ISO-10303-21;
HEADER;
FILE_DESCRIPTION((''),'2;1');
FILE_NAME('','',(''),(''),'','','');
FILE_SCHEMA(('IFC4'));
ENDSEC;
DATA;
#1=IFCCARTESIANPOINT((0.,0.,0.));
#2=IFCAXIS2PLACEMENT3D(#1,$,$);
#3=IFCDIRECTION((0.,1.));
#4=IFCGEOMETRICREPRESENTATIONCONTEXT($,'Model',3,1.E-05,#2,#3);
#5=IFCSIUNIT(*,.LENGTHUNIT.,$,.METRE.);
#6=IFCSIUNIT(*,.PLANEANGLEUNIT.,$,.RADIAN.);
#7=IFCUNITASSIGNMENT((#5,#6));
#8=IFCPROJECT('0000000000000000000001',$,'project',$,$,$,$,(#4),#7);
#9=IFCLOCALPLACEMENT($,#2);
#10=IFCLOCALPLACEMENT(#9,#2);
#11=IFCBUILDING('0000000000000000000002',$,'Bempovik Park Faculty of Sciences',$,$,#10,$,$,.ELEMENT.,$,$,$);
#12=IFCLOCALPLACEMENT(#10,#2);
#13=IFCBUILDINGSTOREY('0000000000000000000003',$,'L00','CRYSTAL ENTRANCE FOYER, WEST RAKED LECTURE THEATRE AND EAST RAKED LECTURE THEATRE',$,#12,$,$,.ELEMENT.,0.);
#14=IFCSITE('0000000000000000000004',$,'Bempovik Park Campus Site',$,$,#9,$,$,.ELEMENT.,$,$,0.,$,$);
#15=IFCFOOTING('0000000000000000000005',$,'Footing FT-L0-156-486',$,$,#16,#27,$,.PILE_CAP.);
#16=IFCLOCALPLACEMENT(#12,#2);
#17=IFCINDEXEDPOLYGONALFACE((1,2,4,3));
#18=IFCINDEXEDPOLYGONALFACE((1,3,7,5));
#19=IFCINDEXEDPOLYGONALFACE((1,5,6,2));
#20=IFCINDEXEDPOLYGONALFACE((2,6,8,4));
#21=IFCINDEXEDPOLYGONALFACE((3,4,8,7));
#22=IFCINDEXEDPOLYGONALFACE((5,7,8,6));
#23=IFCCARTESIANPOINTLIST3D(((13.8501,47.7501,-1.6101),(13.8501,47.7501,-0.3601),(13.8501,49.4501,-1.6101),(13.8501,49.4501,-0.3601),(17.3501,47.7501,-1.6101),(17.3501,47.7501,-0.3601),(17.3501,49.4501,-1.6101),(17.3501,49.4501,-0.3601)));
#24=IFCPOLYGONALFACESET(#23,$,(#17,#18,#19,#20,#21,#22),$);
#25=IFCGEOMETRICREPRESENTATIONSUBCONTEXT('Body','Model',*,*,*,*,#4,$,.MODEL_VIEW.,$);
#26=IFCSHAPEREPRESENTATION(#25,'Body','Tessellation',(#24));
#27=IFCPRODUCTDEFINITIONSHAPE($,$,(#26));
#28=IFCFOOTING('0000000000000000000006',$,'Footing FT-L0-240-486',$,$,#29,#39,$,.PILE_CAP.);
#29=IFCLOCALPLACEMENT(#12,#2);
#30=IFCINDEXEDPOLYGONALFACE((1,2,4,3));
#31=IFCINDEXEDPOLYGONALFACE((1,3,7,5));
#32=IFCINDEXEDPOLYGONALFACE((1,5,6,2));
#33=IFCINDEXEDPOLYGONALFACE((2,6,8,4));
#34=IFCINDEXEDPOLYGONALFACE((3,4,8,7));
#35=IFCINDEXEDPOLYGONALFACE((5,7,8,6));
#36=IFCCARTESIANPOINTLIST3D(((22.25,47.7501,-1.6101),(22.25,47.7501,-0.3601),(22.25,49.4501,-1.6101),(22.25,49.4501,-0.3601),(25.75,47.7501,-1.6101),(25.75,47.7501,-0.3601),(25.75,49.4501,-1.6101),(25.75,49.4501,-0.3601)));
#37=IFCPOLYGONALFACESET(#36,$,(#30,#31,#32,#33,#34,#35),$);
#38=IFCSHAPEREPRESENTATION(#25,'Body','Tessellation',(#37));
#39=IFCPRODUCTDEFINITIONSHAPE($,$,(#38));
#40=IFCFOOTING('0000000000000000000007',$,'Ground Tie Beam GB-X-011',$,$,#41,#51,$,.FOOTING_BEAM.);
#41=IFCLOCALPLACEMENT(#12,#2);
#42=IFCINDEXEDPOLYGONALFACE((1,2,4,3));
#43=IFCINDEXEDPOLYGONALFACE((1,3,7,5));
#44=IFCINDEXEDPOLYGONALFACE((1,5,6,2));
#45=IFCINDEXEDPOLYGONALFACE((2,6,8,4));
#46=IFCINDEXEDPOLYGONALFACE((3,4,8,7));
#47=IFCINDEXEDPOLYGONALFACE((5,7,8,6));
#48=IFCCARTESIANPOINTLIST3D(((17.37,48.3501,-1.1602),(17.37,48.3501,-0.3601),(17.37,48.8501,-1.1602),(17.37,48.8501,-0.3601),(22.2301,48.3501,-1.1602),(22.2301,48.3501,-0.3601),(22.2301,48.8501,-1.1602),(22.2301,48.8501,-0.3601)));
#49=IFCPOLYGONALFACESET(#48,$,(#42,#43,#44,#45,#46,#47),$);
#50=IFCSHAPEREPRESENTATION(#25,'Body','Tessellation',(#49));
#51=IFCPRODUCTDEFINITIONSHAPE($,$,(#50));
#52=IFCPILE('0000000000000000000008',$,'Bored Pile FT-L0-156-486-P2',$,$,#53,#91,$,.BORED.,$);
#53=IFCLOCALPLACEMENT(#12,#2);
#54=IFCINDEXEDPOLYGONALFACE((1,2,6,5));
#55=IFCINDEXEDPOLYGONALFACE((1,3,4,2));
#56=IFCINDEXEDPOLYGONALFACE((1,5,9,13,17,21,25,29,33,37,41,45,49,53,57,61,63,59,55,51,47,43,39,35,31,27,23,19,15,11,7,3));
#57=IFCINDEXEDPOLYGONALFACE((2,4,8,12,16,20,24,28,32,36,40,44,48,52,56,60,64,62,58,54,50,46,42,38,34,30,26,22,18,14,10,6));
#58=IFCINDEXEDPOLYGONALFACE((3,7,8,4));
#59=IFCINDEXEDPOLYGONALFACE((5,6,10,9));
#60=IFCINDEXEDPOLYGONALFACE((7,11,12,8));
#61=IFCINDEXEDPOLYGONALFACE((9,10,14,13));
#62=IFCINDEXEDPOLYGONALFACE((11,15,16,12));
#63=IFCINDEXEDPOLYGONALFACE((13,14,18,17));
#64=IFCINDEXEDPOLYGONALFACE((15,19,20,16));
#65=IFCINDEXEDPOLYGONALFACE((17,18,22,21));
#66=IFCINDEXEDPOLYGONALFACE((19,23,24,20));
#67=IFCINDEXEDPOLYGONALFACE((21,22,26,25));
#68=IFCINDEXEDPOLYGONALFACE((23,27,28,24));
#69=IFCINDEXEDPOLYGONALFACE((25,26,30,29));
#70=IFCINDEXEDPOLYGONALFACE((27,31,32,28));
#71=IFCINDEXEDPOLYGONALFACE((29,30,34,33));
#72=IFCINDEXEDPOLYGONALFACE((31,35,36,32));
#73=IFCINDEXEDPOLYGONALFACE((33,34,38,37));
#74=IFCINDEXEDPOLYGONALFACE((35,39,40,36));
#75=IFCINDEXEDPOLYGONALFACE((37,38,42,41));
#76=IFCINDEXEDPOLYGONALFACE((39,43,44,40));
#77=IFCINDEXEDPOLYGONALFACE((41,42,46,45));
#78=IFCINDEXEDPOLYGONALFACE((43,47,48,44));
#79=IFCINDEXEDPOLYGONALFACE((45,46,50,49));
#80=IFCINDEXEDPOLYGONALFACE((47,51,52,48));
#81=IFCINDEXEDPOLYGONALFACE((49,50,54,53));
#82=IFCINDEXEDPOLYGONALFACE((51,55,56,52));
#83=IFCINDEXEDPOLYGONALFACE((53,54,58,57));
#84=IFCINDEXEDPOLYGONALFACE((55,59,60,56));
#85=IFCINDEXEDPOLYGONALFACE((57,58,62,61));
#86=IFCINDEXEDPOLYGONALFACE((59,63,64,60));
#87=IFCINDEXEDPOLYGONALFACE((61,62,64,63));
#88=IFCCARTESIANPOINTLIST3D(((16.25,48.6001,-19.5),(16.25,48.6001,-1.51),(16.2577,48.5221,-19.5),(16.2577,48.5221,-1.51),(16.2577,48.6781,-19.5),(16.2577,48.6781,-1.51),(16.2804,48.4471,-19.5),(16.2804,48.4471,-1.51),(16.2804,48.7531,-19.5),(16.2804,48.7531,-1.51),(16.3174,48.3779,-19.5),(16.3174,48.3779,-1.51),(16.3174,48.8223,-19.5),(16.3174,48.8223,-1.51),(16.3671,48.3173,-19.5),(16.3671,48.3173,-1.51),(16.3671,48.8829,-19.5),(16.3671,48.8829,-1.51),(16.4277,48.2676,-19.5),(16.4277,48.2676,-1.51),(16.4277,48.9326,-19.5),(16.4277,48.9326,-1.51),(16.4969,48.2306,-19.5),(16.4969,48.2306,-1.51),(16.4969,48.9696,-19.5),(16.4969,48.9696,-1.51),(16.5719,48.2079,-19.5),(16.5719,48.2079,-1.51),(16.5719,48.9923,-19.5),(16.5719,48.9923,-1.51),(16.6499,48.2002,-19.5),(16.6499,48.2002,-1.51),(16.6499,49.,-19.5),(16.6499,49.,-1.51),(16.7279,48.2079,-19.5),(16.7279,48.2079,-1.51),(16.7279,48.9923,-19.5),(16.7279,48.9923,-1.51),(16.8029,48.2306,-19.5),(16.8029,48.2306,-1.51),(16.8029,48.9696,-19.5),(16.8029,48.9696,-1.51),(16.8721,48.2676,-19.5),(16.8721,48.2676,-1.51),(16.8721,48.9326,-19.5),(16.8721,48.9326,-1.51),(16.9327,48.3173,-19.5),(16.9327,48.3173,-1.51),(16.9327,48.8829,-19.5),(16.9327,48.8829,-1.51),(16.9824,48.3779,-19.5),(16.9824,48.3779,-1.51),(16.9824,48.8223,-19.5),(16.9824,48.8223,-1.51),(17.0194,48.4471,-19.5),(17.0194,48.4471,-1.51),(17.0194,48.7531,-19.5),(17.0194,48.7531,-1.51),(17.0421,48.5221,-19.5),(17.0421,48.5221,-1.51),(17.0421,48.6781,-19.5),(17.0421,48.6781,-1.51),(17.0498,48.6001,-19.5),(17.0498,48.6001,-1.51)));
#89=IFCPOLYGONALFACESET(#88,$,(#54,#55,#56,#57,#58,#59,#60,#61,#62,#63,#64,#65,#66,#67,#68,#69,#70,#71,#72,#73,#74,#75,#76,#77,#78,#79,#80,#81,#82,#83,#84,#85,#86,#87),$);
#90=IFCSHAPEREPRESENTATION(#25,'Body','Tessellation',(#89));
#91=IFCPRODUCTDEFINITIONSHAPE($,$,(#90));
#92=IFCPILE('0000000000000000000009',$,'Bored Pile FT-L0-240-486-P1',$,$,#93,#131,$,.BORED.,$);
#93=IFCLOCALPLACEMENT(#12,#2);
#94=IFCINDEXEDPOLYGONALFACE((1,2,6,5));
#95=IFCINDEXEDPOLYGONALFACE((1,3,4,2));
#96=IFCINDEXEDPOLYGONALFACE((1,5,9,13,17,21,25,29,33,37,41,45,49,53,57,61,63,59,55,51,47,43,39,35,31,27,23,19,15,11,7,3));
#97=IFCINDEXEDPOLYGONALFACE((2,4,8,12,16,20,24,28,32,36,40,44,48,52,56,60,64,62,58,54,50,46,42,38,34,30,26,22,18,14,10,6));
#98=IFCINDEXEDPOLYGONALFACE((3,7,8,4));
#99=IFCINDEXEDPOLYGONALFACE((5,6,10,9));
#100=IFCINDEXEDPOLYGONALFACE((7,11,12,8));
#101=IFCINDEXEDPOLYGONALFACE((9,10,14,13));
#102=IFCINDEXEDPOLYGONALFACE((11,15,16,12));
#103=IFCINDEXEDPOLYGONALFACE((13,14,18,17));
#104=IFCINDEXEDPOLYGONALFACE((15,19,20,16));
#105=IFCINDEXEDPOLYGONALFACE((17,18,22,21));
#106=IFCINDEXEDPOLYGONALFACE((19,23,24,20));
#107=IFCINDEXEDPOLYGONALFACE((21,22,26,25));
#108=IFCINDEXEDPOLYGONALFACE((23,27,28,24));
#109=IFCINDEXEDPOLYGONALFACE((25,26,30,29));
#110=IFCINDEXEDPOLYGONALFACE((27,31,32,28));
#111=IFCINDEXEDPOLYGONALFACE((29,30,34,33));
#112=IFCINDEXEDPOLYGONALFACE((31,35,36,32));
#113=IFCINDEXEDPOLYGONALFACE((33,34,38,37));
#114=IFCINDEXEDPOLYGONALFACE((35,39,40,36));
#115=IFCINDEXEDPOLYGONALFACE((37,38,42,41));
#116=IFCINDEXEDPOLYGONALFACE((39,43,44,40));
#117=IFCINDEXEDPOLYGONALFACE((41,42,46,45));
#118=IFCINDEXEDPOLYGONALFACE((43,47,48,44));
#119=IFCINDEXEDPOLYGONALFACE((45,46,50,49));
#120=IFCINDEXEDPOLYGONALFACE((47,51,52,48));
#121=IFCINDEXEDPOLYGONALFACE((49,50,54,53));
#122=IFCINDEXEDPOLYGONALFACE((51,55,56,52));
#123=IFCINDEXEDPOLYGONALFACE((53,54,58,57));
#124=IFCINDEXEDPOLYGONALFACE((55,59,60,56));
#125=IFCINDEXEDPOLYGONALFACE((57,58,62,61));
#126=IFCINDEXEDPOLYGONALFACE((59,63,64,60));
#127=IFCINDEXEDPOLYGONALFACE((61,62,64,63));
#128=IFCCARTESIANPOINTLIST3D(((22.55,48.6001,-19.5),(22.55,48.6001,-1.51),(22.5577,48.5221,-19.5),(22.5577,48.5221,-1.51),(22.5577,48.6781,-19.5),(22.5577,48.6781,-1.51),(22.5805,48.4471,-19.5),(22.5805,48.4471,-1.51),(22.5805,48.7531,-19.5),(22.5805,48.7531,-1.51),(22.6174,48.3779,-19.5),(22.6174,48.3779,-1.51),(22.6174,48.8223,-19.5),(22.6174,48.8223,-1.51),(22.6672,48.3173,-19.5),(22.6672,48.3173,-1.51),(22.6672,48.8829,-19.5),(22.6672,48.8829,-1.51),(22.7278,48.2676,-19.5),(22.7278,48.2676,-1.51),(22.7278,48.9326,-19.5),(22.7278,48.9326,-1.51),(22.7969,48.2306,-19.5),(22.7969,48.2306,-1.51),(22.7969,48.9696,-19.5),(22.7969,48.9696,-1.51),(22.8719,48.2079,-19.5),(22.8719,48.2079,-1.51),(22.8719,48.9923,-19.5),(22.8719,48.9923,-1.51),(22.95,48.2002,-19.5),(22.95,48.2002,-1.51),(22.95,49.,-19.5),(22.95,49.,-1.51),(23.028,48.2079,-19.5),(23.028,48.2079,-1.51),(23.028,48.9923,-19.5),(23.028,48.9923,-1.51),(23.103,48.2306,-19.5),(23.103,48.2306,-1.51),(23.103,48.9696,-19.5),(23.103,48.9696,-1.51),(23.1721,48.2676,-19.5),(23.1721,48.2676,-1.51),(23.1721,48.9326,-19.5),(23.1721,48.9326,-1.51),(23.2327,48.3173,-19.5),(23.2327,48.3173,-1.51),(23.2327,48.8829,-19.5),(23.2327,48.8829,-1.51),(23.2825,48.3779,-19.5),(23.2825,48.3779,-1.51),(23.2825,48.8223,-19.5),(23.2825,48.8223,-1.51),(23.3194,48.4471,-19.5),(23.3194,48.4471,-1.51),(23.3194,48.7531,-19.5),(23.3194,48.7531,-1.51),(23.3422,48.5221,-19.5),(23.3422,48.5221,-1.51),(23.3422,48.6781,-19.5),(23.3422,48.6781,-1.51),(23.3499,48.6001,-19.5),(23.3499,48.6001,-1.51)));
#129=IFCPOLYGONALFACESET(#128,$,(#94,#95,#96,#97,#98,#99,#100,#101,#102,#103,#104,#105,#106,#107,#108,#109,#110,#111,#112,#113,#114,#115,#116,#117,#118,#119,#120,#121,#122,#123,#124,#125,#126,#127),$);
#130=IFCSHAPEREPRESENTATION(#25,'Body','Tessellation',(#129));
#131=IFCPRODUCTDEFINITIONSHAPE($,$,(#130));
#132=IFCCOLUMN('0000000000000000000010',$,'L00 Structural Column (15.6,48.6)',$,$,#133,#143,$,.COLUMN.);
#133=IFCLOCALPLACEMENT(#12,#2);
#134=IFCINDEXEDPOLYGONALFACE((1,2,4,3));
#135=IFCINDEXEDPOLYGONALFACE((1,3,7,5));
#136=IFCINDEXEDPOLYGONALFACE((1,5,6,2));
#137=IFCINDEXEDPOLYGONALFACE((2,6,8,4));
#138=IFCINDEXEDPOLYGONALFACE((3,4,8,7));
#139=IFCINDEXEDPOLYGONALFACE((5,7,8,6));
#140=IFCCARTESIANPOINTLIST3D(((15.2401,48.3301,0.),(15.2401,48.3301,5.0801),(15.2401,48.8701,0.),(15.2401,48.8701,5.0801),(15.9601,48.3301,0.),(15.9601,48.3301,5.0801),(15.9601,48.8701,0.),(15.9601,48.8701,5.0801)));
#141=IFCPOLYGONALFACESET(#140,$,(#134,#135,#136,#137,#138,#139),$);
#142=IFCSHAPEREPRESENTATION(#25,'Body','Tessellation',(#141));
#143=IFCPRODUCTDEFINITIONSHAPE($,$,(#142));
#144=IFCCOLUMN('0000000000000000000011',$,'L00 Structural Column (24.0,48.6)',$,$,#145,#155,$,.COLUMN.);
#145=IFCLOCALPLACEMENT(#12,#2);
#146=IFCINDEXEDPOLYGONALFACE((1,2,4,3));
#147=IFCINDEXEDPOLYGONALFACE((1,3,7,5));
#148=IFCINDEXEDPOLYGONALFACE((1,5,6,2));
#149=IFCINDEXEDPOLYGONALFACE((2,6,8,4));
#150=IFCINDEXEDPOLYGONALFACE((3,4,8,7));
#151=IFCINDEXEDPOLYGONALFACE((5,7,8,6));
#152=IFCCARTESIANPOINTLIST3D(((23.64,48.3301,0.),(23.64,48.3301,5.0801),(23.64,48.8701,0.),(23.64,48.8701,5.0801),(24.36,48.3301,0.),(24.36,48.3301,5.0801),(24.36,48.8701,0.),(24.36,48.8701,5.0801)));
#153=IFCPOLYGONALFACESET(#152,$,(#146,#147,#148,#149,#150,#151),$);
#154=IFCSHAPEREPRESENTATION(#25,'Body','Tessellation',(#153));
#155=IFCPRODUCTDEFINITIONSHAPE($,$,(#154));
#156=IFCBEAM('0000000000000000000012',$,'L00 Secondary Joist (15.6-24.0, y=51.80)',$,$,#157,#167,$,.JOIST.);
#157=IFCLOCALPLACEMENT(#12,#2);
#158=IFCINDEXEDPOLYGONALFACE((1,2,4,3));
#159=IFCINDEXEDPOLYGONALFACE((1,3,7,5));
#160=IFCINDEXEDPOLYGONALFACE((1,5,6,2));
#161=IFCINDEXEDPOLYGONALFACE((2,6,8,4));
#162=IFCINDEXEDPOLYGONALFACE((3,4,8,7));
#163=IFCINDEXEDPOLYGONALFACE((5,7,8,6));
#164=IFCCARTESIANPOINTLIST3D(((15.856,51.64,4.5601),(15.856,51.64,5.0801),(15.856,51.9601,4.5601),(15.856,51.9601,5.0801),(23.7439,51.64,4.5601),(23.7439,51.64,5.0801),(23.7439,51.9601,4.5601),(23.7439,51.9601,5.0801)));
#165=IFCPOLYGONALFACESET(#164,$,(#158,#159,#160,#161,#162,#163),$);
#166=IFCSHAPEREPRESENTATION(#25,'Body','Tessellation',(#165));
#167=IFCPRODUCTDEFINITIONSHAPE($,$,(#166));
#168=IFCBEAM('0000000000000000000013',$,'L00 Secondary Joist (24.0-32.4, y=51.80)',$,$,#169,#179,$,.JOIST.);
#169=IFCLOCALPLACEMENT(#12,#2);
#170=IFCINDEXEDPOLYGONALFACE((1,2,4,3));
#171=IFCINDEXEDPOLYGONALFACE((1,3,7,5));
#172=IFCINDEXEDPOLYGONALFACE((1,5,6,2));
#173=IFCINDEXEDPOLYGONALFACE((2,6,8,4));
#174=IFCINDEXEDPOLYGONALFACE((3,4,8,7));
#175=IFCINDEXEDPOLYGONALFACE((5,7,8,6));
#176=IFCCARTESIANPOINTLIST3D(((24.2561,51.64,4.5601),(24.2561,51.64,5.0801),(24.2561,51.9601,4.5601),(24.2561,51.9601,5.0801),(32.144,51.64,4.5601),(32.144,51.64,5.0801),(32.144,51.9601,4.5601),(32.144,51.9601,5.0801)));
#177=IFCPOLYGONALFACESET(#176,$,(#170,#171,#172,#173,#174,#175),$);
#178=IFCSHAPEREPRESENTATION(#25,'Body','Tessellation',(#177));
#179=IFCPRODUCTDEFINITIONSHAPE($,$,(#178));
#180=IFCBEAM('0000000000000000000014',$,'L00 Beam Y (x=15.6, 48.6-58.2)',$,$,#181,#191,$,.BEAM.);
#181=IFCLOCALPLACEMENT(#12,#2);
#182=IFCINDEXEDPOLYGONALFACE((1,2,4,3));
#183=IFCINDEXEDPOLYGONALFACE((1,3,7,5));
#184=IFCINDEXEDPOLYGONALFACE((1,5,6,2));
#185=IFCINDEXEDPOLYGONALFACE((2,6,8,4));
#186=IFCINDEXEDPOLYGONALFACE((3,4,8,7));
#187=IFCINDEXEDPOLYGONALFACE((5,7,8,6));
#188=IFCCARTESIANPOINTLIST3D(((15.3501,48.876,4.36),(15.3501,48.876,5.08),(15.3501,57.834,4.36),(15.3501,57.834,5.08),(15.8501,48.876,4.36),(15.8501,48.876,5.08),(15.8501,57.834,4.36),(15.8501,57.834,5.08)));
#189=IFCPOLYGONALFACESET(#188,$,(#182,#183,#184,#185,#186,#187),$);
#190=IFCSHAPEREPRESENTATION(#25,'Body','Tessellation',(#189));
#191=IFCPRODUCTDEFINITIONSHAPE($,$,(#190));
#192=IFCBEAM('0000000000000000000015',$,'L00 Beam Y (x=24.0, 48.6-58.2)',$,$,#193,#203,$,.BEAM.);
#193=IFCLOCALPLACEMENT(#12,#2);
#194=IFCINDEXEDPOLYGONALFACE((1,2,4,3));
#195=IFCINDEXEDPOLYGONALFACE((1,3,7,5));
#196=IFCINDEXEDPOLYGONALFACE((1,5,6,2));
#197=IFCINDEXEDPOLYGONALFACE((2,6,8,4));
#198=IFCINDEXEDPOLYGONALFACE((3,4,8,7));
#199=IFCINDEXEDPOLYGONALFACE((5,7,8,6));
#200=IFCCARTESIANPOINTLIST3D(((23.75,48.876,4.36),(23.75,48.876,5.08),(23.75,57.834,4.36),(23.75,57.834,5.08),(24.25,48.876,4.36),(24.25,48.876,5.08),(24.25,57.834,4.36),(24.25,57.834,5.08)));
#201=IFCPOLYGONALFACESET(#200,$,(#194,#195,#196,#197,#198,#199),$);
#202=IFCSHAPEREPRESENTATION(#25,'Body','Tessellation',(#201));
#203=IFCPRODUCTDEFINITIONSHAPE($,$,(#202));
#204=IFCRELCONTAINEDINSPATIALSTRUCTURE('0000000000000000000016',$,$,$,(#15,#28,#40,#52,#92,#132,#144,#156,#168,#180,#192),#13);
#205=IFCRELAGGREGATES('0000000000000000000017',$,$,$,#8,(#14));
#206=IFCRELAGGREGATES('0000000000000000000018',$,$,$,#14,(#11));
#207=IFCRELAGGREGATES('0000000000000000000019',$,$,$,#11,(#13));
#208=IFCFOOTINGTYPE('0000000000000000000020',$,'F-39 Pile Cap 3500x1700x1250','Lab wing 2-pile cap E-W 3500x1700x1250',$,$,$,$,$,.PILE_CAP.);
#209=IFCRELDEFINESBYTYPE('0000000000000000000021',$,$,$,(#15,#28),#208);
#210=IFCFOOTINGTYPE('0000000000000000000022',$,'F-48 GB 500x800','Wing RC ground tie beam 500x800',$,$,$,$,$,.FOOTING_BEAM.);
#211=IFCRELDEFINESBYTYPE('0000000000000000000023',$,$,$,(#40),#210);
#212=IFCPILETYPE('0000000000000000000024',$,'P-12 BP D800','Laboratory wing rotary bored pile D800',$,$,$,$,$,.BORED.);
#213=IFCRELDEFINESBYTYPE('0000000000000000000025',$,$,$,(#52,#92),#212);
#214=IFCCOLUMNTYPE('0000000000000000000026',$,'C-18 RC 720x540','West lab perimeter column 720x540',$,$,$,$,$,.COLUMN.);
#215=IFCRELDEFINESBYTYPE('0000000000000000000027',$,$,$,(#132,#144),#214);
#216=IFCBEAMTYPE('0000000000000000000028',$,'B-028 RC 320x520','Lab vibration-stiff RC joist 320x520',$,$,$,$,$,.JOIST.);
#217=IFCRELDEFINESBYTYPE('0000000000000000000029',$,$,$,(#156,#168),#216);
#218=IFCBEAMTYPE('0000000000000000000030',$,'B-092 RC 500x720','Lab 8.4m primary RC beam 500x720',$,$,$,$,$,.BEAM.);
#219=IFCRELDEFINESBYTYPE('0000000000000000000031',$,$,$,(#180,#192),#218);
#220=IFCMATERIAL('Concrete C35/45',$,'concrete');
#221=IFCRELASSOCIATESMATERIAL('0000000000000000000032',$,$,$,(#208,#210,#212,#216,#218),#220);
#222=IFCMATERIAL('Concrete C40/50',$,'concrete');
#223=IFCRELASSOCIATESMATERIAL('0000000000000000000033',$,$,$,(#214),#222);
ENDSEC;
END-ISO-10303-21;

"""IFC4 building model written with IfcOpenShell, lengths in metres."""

from ifc_helpers import new_model, si_unit, direction, frame, origin, origin_2d, place, context, subcontext, project, spatial, rectangle, circle, extrude, material, material_profile, profile_set, type_object, element, save


model = new_model("IFC4")

# Units and contexts
model_context = context("Model", 3, precision=1e-05, world=origin(), true_north=direction((0.0, 1.0)))
body_context = subcontext(model_context, "Body", "Model", "MODEL_VIEW")
ifc_project = project(units=[si_unit("LENGTHUNIT", "METRE"), si_unit("PLANEANGLEUNIT", "RADIAN")], contexts=[model_context])

# Site, building, storey
site_placement = place(None, origin())
site = spatial("IfcSite", under=ifc_project, at=site_placement, Name="Bempovik Park Campus Site", CompositionType="ELEMENT", RefElevation=0.0)
building_placement = place(site_placement, origin())
building = spatial("IfcBuilding", under=site, at=building_placement, Name="Bempovik Park Faculty of Sciences", CompositionType="ELEMENT")
storey_placement = place(building_placement, origin())
storey = spatial("IfcBuildingStorey", under=building, at=storey_placement, Name="L00", Description="CRYSTAL ENTRANCE FOYER, WEST RAKED LECTURE THEATRE AND EAST RAKED LECTURE THEATRE", CompositionType="ELEMENT", Elevation=0.0)

# Footings
ifc_material_1 = material(Name="Concrete C35/45", Category="concrete")
footing_type_1 = type_object("IfcFootingType", Name="F-39 Pile Cap 3500x1700x1250", Description="Lab wing 2-pile cap E-W 3500x1700x1250", PredefinedType="PILE_CAP", material=ifc_material_1)
for number, where, z_axis, x_axis, name in (
    (1, (15.6001, 48.6001, -1.6101), (0.0, 0.0, 1.0), (1.0, 0.0, 0.0), "Footing FT-L0-156-486"),
    (2, (24.0, 48.6001, -1.6101), (0.0, 0.0, 1.0), (1.0, 0.0, 0.0), "Footing FT-L0-240-486"),
):
    element("IfcFooting", number, at=place(storey_placement, frame(where, z_axis=z_axis, x_axis=x_axis)), inside=storey, type_object=footing_type_1, Name=name, PredefinedType="PILE_CAP", context=body_context, shape_type="SweptSolid", body=[
        extrude(rectangle(XDim=3.5, YDim=1.7, at=origin_2d()), origin(), (0.0, 0.0, 1.0), 1.25),
    ])
footing_type_2 = type_object("IfcFootingType", Name="F-48 GB 500x800", Description="Wing RC ground tie beam 500x800", PredefinedType="FOOTING_BEAM", material=ifc_material_1)
footing_placement = place(storey_placement, frame((19.8, 48.6001, -1.1602), z_axis=(0.0, 0.0, 1.0), x_axis=(1.0, 0.0, 0.0)))
element("IfcFooting", 3, at=footing_placement, inside=storey, type_object=footing_type_2, Name="Ground Tie Beam GB-X-011", PredefinedType="FOOTING_BEAM", context=body_context, shape_type="SweptSolid", body=[
    extrude(rectangle(XDim=4.8601, YDim=0.5, at=origin_2d()), origin(), (0.0, 0.0, 1.0), 0.8),
])

# Piles
ifc_material_profile_1 = material_profile(ifc_material_1, circle(Radius=0.3999, at=origin_2d()), Name="BP D800")
ifc_profile_set_1 = profile_set([ifc_material_profile_1], Name="Concrete C35/45")
pile_type = type_object("IfcPileType", Name="P-12 BP D800", Description="Laboratory wing rotary bored pile D800", PredefinedType="BORED", material=ifc_profile_set_1)
for number, where, z_axis, x_axis, name in (
    (4, (16.6499, 48.6001, -1.51), (0.0, 0.0, -1.0), (1.0, 0.0, 0.0), "Bored Pile FT-L0-156-486-P2"),
    (5, (22.95, 48.6001, -1.51), (0.0, 0.0, -1.0), (1.0, 0.0, 0.0), "Bored Pile FT-L0-240-486-P1"),
):
    element("IfcPile", number, at=place(storey_placement, frame(where, z_axis=z_axis, x_axis=x_axis)), inside=storey, type_object=pile_type, Name=name, PredefinedType="BORED", context=body_context, shape_type="SweptSolid", body=[
        extrude(circle(Radius=0.3999, at=origin_2d()), origin(), (0.0, 0.0, 1.0), 17.99),
    ])

# Columns
ifc_material_2 = material(Name="Concrete C40/50", Category="concrete")
ifc_material_profile_2 = material_profile(ifc_material_2, rectangle(XDim=0.72, YDim=0.54, at=origin_2d()), Name="RC 720x540")
ifc_profile_set_2 = profile_set([ifc_material_profile_2], Name="Concrete C40/50")
column_type = type_object("IfcColumnType", Name="C-18 RC 720x540", Description="West lab perimeter column 720x540", PredefinedType="COLUMN", material=ifc_profile_set_2)
for number, where, z_axis, x_axis, name in (
    (6, (15.6001, 48.6001, 0.0), (0.0, 0.0, 1.0), (1.0, 0.0, 0.0), "L00 Structural Column (15.6,48.6)"),
    (7, (24.0, 48.6001, 0.0), (0.0, 0.0, 1.0), (1.0, 0.0, 0.0), "L00 Structural Column (24.0,48.6)"),
):
    element("IfcColumn", number, at=place(storey_placement, frame(where, z_axis=z_axis, x_axis=x_axis)), inside=storey, type_object=column_type, Name=name, PredefinedType="COLUMN", context=body_context, shape_type="SweptSolid", body=[
        extrude(rectangle(XDim=0.72, YDim=0.54, at=origin_2d()), origin(), (0.0, 0.0, 1.0), 5.0801),
    ])

# Beams
ifc_material_profile_3 = material_profile(ifc_material_1, rectangle(XDim=0.3201, YDim=0.52, at=origin_2d()), Name="RC 320x520")
ifc_profile_set_3 = profile_set([ifc_material_profile_3], Name="Concrete C35/45")
beam_type_1 = type_object("IfcBeamType", Name="B-028 RC 320x520", Description="Lab vibration-stiff RC joist 320x520", PredefinedType="JOIST", material=ifc_profile_set_3)
for number, where, z_axis, x_axis, name in (
    (8, (15.856, 51.8, 4.8201), (1.0, 0.0, 0.0), (0.0, 1.0, 0.0), "L00 Secondary Joist (15.6-24.0, y=51.80)"),
    (9, (24.2561, 51.8, 4.8201), (1.0, 0.0, 0.0), (0.0, 1.0, 0.0), "L00 Secondary Joist (24.0-32.4, y=51.80)"),
):
    element("IfcBeam", number, at=place(storey_placement, frame(where, z_axis=z_axis, x_axis=x_axis)), inside=storey, type_object=beam_type_1, Name=name, PredefinedType="JOIST", context=body_context, shape_type="SweptSolid", body=[
        extrude(rectangle(XDim=0.3201, YDim=0.52, at=origin_2d()), origin(), (0.0, 0.0, 1.0), 7.8879),
    ])
ifc_material_profile_4 = material_profile(ifc_material_1, rectangle(XDim=0.5, YDim=0.72, at=origin_2d()), Name="RC 500x720")
ifc_profile_set_4 = profile_set([ifc_material_profile_4], Name="Concrete C35/45")
beam_type_2 = type_object("IfcBeamType", Name="B-092 RC 500x720", Description="Lab 8.4m primary RC beam 500x720", PredefinedType="BEAM", material=ifc_profile_set_4)
for number, where, z_axis, x_axis, name in (
    (10, (15.6001, 48.876, 4.72), (0.0, 1.0, 0.0), (-1.0, 0.0, 0.0), "L00 Beam Y (x=15.6, 48.6-58.2)"),
    (11, (24.0, 48.876, 4.72), (0.0, 1.0, 0.0), (-1.0, 0.0, 0.0), "L00 Beam Y (x=24.0, 48.6-58.2)"),
):
    element("IfcBeam", number, at=place(storey_placement, frame(where, z_axis=z_axis, x_axis=x_axis)), inside=storey, type_object=beam_type_2, Name=name, PredefinedType="BEAM", context=body_context, shape_type="SweptSolid", body=[
        extrude(rectangle(XDim=0.5, YDim=0.72, at=origin_2d()), origin(), (0.0, 0.0, 1.0), 8.958),
    ])

save(model, "model.ifc")
